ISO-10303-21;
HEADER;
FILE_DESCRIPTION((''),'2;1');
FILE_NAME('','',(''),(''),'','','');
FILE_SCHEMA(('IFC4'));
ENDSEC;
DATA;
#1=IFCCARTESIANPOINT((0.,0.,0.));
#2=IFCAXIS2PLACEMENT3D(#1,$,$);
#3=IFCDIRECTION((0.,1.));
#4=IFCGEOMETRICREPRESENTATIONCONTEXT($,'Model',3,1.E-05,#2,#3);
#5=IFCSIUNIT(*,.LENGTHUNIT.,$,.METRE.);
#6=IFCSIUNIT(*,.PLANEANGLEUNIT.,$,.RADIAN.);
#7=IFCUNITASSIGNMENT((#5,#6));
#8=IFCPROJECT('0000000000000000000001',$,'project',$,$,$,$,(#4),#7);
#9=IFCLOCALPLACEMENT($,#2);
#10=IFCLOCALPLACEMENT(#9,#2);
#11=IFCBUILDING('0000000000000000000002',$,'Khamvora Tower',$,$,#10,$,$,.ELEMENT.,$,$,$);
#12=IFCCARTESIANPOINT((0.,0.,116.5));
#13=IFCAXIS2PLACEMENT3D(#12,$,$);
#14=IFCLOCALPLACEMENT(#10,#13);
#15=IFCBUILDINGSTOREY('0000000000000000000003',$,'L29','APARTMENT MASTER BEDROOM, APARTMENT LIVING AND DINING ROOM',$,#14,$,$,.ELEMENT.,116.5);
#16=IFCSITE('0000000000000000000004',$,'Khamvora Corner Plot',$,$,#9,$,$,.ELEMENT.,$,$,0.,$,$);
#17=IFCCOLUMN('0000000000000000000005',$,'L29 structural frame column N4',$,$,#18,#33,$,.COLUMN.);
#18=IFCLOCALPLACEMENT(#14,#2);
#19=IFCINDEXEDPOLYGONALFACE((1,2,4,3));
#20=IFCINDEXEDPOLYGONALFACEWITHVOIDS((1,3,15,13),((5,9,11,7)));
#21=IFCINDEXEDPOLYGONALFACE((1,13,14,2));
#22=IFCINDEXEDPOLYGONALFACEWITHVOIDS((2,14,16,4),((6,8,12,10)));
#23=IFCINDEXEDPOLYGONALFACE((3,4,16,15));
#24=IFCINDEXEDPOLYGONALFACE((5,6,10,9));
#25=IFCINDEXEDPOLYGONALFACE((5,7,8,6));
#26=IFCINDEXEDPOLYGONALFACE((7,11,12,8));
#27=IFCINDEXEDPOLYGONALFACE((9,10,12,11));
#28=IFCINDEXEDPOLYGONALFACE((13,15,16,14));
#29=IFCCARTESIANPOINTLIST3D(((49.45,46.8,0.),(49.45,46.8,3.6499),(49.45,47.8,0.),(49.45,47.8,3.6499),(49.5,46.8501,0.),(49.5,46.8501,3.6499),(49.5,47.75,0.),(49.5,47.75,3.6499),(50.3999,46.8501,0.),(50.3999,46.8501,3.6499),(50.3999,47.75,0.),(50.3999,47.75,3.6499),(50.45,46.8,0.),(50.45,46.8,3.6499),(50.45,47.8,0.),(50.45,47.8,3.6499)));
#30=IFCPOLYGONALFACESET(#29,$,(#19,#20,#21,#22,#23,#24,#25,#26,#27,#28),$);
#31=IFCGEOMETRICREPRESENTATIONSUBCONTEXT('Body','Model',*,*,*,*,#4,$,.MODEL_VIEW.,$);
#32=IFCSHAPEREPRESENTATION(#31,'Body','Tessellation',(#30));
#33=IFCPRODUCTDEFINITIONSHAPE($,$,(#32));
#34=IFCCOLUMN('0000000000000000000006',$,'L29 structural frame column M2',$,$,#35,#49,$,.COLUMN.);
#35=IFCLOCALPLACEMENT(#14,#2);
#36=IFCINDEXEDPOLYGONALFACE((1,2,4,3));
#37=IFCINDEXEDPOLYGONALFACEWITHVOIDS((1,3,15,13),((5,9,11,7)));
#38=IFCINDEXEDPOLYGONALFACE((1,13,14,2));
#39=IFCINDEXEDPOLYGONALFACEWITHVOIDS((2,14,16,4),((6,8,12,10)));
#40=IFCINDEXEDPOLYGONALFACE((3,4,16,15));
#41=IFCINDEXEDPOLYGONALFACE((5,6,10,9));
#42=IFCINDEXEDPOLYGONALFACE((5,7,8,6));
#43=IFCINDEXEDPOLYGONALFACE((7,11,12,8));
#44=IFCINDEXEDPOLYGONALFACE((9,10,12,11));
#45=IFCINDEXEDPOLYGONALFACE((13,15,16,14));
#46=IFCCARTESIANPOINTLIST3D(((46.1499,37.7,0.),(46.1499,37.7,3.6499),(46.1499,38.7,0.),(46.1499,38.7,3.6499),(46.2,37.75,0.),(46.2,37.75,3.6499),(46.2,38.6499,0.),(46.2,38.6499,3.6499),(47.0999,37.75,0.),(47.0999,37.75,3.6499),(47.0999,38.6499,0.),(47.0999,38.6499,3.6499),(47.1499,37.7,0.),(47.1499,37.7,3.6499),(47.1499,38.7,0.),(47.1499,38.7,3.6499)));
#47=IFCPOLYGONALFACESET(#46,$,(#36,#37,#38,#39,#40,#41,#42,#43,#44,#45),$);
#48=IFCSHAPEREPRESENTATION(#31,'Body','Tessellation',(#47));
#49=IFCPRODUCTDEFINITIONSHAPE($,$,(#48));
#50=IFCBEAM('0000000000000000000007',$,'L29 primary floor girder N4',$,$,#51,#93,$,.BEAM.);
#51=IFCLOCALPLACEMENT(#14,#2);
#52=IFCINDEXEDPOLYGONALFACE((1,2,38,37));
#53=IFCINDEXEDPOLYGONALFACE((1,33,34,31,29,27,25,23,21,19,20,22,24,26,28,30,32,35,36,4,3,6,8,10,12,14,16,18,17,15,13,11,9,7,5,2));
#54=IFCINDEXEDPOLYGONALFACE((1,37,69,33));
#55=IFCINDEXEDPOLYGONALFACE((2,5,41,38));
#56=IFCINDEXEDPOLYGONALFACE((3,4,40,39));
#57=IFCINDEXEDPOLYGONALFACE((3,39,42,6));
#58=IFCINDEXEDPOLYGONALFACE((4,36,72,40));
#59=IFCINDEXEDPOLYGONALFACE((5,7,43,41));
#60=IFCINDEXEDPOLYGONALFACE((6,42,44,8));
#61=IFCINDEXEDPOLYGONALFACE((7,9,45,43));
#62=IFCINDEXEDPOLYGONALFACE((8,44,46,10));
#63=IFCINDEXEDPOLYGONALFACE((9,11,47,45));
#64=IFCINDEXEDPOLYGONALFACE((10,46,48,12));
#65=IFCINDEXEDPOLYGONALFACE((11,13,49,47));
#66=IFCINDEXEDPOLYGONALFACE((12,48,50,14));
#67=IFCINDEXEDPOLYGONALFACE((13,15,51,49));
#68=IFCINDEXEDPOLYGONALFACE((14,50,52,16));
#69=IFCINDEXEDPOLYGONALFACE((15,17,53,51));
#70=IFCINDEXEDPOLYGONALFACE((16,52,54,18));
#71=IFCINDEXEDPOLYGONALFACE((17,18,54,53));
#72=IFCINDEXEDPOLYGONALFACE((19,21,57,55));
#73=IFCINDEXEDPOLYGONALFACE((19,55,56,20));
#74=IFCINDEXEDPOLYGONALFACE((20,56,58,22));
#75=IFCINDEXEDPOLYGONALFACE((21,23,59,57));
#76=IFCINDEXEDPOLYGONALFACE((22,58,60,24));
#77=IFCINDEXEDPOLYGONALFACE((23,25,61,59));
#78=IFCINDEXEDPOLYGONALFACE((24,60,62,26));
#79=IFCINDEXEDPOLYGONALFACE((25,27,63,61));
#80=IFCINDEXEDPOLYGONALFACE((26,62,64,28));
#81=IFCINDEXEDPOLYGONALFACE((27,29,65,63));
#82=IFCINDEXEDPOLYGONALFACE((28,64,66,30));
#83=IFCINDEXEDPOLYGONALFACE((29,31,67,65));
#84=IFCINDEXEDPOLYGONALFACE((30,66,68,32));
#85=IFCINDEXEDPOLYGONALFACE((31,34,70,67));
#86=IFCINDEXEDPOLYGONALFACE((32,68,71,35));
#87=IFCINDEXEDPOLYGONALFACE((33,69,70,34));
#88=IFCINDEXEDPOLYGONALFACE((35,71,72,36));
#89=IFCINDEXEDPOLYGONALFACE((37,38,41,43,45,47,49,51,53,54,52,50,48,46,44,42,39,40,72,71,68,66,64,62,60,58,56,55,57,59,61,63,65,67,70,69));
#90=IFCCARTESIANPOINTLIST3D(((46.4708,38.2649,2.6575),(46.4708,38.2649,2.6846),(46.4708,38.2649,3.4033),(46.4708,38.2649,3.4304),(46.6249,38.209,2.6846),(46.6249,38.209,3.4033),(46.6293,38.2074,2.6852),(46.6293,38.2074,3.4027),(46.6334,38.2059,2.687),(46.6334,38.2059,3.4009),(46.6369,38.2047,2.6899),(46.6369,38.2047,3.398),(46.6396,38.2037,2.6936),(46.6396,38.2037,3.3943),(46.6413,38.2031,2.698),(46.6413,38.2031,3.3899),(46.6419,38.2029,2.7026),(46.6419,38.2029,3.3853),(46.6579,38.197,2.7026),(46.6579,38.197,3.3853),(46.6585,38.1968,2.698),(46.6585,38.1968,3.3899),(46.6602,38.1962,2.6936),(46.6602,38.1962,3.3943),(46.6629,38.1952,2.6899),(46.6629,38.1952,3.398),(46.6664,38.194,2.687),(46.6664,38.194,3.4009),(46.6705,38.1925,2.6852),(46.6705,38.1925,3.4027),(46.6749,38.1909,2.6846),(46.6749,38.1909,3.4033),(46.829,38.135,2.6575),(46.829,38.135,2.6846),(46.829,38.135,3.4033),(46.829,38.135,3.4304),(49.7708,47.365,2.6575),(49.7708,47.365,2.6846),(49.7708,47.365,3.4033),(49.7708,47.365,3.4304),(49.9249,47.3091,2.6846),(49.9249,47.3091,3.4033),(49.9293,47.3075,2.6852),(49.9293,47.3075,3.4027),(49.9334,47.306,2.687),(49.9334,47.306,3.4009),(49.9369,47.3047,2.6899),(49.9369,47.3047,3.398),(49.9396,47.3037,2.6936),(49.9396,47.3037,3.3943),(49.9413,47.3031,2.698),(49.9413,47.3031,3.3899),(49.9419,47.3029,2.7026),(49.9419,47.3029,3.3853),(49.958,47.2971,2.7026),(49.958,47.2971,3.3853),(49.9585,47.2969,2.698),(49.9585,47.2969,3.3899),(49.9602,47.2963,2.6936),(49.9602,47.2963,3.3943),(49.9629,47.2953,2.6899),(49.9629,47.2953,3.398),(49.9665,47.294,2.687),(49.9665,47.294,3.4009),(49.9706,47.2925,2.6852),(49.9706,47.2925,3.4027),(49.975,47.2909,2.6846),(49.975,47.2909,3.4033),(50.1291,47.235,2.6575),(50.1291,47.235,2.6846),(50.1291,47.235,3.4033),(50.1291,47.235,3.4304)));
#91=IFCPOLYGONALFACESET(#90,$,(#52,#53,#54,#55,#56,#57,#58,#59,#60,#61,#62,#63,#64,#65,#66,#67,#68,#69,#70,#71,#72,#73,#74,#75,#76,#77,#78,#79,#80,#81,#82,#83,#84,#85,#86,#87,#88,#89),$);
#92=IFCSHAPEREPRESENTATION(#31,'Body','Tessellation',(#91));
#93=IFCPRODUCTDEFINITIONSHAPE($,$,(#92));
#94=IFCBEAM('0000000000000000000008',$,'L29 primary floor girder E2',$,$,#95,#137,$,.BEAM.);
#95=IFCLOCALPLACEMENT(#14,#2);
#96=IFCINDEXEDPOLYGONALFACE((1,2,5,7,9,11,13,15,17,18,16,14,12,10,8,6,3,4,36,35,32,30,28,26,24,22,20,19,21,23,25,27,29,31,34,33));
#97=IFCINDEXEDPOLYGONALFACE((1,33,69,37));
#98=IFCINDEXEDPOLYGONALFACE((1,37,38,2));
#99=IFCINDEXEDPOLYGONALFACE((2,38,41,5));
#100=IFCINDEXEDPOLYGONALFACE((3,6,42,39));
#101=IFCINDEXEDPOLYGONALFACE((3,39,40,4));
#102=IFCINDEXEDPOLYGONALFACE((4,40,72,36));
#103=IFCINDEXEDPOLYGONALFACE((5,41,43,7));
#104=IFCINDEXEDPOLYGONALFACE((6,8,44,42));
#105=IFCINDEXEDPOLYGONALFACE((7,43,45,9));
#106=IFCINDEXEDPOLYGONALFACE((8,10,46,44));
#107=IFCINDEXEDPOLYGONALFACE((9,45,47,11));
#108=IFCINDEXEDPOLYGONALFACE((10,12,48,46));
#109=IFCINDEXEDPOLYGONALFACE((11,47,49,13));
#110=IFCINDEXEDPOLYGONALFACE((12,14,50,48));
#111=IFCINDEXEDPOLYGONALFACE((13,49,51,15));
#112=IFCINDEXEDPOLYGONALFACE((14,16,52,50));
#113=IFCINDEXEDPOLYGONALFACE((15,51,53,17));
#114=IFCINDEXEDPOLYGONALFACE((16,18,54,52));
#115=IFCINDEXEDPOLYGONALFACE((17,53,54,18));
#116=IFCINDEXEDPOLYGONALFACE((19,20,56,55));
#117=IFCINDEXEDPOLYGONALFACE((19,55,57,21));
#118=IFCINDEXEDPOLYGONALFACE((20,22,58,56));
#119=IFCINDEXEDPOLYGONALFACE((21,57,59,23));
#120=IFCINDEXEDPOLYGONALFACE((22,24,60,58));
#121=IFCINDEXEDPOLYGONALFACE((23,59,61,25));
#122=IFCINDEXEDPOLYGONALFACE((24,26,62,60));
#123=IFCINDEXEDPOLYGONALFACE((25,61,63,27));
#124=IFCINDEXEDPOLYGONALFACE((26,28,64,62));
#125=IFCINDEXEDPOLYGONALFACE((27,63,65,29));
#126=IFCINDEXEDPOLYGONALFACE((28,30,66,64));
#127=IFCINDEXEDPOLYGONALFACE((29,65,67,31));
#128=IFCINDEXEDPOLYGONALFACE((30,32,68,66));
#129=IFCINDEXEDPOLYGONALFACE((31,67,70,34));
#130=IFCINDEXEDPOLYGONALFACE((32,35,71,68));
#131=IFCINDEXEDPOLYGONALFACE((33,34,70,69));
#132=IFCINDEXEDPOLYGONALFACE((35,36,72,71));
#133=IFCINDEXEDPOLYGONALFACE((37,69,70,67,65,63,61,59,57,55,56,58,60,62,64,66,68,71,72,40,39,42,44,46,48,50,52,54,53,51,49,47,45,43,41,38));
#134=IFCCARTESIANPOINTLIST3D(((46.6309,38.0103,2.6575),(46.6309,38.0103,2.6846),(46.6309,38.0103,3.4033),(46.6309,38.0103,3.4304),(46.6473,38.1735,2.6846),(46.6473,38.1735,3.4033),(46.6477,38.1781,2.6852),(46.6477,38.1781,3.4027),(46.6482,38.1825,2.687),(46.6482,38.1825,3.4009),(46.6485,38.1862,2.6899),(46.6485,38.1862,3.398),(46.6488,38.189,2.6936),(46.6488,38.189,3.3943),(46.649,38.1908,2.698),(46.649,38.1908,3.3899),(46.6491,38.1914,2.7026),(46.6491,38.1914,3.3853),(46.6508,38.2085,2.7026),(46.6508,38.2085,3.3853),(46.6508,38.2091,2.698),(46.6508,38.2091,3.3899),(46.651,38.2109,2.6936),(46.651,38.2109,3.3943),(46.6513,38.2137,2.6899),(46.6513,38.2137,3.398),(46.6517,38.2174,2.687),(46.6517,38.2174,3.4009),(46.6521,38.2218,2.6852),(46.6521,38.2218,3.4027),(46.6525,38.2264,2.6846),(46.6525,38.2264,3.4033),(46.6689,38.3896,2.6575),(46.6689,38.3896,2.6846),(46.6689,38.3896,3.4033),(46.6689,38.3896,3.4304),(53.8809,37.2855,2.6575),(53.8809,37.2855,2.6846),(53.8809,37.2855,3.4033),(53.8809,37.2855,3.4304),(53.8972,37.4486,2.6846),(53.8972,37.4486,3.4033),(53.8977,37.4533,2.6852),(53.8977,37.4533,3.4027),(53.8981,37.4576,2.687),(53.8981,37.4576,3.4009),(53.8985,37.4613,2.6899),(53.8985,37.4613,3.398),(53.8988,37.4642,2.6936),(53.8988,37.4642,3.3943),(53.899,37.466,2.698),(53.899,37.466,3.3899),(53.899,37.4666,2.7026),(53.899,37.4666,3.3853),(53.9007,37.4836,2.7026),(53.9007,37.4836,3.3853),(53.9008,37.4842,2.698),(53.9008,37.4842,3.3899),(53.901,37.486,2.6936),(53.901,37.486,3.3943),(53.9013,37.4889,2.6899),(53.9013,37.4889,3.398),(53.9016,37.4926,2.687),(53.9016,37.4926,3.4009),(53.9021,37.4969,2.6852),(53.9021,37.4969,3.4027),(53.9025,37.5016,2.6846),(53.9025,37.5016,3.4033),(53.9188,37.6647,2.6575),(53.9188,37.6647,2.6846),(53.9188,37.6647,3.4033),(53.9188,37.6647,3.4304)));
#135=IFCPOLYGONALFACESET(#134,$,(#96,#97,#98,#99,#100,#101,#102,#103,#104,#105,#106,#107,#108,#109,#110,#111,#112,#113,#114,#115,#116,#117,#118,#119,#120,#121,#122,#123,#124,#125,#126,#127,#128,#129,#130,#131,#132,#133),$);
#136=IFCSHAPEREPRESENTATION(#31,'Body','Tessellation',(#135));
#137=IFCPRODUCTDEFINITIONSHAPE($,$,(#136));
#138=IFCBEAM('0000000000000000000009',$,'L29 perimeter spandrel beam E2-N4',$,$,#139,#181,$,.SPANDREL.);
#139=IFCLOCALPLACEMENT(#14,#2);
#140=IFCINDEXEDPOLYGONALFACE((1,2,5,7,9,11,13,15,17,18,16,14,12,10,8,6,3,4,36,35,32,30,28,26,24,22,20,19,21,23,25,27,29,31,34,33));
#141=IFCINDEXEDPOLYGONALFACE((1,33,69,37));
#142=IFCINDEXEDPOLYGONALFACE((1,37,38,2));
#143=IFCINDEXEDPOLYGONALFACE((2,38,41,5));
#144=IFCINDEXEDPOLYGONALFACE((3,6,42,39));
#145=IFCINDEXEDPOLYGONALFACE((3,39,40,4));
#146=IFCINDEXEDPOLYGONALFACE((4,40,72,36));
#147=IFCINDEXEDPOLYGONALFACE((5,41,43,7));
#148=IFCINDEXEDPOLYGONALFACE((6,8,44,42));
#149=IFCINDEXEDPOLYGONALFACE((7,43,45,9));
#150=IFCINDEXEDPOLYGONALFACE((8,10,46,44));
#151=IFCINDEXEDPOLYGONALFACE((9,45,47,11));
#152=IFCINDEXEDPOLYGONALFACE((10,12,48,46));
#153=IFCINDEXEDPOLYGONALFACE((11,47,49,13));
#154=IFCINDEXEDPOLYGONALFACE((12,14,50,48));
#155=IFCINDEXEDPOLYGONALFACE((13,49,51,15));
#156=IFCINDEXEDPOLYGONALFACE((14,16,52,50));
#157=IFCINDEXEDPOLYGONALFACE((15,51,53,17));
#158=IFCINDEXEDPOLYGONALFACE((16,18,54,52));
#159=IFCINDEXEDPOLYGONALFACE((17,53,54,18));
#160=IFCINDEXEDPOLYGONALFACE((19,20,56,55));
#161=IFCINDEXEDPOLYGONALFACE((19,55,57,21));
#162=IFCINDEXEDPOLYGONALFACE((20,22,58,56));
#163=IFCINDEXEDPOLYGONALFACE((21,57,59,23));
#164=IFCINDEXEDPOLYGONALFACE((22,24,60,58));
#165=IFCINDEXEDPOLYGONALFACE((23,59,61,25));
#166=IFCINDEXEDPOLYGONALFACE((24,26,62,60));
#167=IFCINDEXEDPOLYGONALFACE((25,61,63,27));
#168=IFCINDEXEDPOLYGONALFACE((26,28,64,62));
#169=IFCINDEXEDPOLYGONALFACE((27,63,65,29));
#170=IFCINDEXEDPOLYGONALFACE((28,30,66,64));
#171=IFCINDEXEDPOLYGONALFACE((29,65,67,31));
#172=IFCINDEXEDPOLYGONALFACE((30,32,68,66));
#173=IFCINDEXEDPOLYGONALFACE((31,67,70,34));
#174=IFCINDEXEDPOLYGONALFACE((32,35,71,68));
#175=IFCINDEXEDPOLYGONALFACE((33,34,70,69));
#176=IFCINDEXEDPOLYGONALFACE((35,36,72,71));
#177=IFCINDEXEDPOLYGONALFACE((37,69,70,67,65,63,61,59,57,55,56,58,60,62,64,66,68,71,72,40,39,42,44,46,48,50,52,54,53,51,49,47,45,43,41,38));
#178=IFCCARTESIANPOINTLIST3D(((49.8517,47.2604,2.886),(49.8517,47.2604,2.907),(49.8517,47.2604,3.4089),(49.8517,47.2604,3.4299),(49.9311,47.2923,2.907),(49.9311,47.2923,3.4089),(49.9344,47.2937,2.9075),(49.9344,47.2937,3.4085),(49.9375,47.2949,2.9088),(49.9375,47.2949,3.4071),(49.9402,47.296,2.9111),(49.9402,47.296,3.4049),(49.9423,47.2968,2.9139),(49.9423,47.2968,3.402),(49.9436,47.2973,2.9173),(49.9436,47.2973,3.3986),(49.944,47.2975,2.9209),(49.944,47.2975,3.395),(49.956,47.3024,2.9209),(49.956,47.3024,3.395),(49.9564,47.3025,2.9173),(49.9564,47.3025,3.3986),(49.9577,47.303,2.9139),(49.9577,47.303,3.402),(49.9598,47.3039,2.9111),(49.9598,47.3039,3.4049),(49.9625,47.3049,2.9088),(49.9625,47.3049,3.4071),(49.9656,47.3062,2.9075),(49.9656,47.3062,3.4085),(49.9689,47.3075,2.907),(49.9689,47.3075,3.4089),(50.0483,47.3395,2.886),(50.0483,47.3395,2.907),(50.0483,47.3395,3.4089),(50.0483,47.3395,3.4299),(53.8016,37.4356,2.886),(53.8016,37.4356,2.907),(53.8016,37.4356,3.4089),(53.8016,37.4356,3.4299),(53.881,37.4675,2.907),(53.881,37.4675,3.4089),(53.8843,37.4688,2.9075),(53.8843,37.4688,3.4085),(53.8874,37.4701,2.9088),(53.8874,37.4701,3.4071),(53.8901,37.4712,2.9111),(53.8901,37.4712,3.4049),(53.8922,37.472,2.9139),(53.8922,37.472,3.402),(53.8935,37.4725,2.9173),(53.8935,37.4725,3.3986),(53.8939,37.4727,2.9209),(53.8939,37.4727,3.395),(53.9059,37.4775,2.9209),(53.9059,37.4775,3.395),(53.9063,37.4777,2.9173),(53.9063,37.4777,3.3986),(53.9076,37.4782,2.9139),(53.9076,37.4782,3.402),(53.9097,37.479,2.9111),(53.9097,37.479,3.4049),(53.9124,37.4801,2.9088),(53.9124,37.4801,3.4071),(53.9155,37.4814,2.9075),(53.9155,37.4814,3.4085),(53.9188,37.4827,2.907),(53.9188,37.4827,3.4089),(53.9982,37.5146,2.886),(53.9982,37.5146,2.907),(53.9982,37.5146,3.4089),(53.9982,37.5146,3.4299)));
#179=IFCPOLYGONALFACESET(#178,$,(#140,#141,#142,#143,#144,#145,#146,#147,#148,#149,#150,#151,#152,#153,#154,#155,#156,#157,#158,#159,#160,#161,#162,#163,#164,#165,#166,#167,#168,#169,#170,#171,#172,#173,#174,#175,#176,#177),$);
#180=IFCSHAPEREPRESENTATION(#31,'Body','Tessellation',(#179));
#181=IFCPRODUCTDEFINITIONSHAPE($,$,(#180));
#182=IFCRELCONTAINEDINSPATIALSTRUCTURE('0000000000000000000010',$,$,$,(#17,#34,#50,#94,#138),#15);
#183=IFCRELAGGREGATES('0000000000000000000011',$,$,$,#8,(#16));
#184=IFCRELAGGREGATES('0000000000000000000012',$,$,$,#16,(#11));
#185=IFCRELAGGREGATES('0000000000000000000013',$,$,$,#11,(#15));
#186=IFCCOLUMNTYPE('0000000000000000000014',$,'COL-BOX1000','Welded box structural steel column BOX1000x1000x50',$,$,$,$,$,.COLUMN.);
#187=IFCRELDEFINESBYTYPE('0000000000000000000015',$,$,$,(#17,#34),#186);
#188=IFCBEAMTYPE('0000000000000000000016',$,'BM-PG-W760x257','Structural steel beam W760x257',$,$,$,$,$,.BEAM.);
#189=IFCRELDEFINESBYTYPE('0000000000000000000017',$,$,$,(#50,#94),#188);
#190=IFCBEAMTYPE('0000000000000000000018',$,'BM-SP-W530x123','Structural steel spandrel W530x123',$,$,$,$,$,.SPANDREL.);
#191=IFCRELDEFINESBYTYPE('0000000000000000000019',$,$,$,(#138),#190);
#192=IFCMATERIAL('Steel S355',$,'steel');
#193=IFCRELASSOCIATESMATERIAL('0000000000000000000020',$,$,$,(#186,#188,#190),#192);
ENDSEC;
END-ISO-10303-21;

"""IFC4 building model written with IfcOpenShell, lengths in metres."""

from ifc_helpers import new_model, si_unit, direction, frame, origin, origin_2d, place, context, subcontext, project, spatial, hollow_rectangle, i_section, extrude, material, material_profile, profile_set, type_object, element, save


model = new_model("IFC4")

# Units and contexts
model_context = context("Model", 3, precision=1e-05, world=origin(), true_north=direction((0.0, 1.0)))
body_context = subcontext(model_context, "Body", "Model", "MODEL_VIEW")
ifc_project = project(units=[si_unit("LENGTHUNIT", "METRE"), si_unit("PLANEANGLEUNIT", "RADIAN")], contexts=[model_context])

# Site, building, storey
site_placement = place(None, origin())
site = spatial("IfcSite", under=ifc_project, at=site_placement, Name="Khamvora Corner Plot", CompositionType="ELEMENT", RefElevation=0.0)
building_placement = place(site_placement, origin())
building = spatial("IfcBuilding", under=site, at=building_placement, Name="Khamvora Tower", CompositionType="ELEMENT")
storey_placement = place(building_placement, frame((0.0, 0.0, 116.5)))
storey = spatial("IfcBuildingStorey", under=building, at=storey_placement, Name="L29", Description="APARTMENT MASTER BEDROOM, APARTMENT LIVING AND DINING ROOM", CompositionType="ELEMENT", Elevation=116.5)

# Columns
ifc_material_1 = material(Name="Steel S355", Category="steel")
ifc_material_profile_1 = material_profile(ifc_material_1, hollow_rectangle(XDim=1.0, YDim=1.0, WallThickness=0.05, at=origin_2d()), Name="BOX1000x1000x50")
ifc_profile_set_1 = profile_set([ifc_material_profile_1], Name="Steel S355")
column_type = type_object("IfcColumnType", Name="COL-BOX1000", Description="Welded box structural steel column BOX1000x1000x50", PredefinedType="COLUMN", material=ifc_profile_set_1)
for number, where, z_axis, x_axis, name in (
    (1, (49.95, 47.3, 0.0), (0.0, 0.0, 1.0), (1.0, 0.0, 0.0), "L29 structural frame column N4"),
    (2, (46.6499, 38.2, 0.0), (0.0, 0.0, 1.0), (1.0, 0.0, 0.0), "L29 structural frame column M2"),
):
    element("IfcColumn", number, at=place(storey_placement, frame(where, z_axis=z_axis, x_axis=x_axis)), inside=storey, type_object=column_type, Name=name, PredefinedType="COLUMN", context=body_context, shape_type="SweptSolid", body=[
        extrude(hollow_rectangle(XDim=1.0, YDim=1.0, WallThickness=0.05, at=origin_2d()), origin(), (0.0, 0.0, 1.0), 3.6499),
    ])

# Beams
ifc_material_profile_2 = material_profile(ifc_material_1, i_section(OverallWidth=0.3811, OverallDepth=0.7729, WebThickness=0.0171, FlangeThickness=0.0271, FilletRadius=0.0181, at=origin_2d()), Name="W760x257")
ifc_profile_set_2 = profile_set([ifc_material_profile_2], Name="Steel S355")
beam_type_1 = type_object("IfcBeamType", Name="BM-PG-W760x257", Description="Structural steel beam W760x257", PredefinedType="BEAM", material=ifc_profile_set_2)
beam_1_placement = place(storey_placement, frame((46.6499, 38.2, 3.0439), z_axis=(0.340915, 0.940094, 0.0), x_axis=(-0.940094, 0.340915, 0.0)))
element("IfcBeam", 3, at=beam_1_placement, inside=storey, type_object=beam_type_1, Name="L29 primary floor girder N4", PredefinedType="BEAM", context=body_context, shape_type="SweptSolid", body=[
    extrude(i_section(OverallWidth=0.3811, OverallDepth=0.7729, WebThickness=0.0171, FlangeThickness=0.0271, FilletRadius=0.0181, at=origin_2d()), origin(), (0.0, 0.0, 1.0), 9.6799),
])
beam_2_placement = place(storey_placement, frame((46.6499, 38.2, 3.0439), z_axis=(0.995039, -0.099484, 0.0), x_axis=(0.099484, 0.995039, 0.0)))
element("IfcBeam", 4, at=beam_2_placement, inside=storey, type_object=beam_type_1, Name="L29 primary floor girder E2", PredefinedType="BEAM", context=body_context, shape_type="SweptSolid", body=[
    extrude(i_section(OverallWidth=0.3811, OverallDepth=0.7729, WebThickness=0.0171, FlangeThickness=0.0271, FilletRadius=0.0181, at=origin_2d()), origin(), (0.0, 0.0, 1.0), 7.2861),
])
ifc_material_profile_3 = material_profile(ifc_material_1, i_section(OverallWidth=0.2119, OverallDepth=0.5439, WebThickness=0.0129, FlangeThickness=0.021, FilletRadius=0.0139, at=origin_2d()), Name="W530x123")
ifc_profile_set_3 = profile_set([ifc_material_profile_3], Name="Steel S355")
beam_type_2 = type_object("IfcBeamType", Name="BM-SP-W530x123", Description="Structural steel spandrel W530x123", PredefinedType="SPANDREL", material=ifc_profile_set_3)
beam_3_placement = place(storey_placement, frame((53.8999, 37.4751, 3.158), z_axis=(-0.373016, 0.927825, 0.0), x_axis=(-0.927825, -0.373016, 0.0)))
element("IfcBeam", 5, at=beam_3_placement, inside=storey, type_object=beam_type_2, Name="L29 perimeter spandrel beam E2-N4", PredefinedType="SPANDREL", context=body_context, shape_type="SweptSolid", body=[
    extrude(i_section(OverallWidth=0.2119, OverallDepth=0.5439, WebThickness=0.0129, FlangeThickness=0.021, FilletRadius=0.0139, at=origin_2d()), origin(), (0.0, 0.0, 1.0), 10.5891),
])

save(model, "model.ifc")
